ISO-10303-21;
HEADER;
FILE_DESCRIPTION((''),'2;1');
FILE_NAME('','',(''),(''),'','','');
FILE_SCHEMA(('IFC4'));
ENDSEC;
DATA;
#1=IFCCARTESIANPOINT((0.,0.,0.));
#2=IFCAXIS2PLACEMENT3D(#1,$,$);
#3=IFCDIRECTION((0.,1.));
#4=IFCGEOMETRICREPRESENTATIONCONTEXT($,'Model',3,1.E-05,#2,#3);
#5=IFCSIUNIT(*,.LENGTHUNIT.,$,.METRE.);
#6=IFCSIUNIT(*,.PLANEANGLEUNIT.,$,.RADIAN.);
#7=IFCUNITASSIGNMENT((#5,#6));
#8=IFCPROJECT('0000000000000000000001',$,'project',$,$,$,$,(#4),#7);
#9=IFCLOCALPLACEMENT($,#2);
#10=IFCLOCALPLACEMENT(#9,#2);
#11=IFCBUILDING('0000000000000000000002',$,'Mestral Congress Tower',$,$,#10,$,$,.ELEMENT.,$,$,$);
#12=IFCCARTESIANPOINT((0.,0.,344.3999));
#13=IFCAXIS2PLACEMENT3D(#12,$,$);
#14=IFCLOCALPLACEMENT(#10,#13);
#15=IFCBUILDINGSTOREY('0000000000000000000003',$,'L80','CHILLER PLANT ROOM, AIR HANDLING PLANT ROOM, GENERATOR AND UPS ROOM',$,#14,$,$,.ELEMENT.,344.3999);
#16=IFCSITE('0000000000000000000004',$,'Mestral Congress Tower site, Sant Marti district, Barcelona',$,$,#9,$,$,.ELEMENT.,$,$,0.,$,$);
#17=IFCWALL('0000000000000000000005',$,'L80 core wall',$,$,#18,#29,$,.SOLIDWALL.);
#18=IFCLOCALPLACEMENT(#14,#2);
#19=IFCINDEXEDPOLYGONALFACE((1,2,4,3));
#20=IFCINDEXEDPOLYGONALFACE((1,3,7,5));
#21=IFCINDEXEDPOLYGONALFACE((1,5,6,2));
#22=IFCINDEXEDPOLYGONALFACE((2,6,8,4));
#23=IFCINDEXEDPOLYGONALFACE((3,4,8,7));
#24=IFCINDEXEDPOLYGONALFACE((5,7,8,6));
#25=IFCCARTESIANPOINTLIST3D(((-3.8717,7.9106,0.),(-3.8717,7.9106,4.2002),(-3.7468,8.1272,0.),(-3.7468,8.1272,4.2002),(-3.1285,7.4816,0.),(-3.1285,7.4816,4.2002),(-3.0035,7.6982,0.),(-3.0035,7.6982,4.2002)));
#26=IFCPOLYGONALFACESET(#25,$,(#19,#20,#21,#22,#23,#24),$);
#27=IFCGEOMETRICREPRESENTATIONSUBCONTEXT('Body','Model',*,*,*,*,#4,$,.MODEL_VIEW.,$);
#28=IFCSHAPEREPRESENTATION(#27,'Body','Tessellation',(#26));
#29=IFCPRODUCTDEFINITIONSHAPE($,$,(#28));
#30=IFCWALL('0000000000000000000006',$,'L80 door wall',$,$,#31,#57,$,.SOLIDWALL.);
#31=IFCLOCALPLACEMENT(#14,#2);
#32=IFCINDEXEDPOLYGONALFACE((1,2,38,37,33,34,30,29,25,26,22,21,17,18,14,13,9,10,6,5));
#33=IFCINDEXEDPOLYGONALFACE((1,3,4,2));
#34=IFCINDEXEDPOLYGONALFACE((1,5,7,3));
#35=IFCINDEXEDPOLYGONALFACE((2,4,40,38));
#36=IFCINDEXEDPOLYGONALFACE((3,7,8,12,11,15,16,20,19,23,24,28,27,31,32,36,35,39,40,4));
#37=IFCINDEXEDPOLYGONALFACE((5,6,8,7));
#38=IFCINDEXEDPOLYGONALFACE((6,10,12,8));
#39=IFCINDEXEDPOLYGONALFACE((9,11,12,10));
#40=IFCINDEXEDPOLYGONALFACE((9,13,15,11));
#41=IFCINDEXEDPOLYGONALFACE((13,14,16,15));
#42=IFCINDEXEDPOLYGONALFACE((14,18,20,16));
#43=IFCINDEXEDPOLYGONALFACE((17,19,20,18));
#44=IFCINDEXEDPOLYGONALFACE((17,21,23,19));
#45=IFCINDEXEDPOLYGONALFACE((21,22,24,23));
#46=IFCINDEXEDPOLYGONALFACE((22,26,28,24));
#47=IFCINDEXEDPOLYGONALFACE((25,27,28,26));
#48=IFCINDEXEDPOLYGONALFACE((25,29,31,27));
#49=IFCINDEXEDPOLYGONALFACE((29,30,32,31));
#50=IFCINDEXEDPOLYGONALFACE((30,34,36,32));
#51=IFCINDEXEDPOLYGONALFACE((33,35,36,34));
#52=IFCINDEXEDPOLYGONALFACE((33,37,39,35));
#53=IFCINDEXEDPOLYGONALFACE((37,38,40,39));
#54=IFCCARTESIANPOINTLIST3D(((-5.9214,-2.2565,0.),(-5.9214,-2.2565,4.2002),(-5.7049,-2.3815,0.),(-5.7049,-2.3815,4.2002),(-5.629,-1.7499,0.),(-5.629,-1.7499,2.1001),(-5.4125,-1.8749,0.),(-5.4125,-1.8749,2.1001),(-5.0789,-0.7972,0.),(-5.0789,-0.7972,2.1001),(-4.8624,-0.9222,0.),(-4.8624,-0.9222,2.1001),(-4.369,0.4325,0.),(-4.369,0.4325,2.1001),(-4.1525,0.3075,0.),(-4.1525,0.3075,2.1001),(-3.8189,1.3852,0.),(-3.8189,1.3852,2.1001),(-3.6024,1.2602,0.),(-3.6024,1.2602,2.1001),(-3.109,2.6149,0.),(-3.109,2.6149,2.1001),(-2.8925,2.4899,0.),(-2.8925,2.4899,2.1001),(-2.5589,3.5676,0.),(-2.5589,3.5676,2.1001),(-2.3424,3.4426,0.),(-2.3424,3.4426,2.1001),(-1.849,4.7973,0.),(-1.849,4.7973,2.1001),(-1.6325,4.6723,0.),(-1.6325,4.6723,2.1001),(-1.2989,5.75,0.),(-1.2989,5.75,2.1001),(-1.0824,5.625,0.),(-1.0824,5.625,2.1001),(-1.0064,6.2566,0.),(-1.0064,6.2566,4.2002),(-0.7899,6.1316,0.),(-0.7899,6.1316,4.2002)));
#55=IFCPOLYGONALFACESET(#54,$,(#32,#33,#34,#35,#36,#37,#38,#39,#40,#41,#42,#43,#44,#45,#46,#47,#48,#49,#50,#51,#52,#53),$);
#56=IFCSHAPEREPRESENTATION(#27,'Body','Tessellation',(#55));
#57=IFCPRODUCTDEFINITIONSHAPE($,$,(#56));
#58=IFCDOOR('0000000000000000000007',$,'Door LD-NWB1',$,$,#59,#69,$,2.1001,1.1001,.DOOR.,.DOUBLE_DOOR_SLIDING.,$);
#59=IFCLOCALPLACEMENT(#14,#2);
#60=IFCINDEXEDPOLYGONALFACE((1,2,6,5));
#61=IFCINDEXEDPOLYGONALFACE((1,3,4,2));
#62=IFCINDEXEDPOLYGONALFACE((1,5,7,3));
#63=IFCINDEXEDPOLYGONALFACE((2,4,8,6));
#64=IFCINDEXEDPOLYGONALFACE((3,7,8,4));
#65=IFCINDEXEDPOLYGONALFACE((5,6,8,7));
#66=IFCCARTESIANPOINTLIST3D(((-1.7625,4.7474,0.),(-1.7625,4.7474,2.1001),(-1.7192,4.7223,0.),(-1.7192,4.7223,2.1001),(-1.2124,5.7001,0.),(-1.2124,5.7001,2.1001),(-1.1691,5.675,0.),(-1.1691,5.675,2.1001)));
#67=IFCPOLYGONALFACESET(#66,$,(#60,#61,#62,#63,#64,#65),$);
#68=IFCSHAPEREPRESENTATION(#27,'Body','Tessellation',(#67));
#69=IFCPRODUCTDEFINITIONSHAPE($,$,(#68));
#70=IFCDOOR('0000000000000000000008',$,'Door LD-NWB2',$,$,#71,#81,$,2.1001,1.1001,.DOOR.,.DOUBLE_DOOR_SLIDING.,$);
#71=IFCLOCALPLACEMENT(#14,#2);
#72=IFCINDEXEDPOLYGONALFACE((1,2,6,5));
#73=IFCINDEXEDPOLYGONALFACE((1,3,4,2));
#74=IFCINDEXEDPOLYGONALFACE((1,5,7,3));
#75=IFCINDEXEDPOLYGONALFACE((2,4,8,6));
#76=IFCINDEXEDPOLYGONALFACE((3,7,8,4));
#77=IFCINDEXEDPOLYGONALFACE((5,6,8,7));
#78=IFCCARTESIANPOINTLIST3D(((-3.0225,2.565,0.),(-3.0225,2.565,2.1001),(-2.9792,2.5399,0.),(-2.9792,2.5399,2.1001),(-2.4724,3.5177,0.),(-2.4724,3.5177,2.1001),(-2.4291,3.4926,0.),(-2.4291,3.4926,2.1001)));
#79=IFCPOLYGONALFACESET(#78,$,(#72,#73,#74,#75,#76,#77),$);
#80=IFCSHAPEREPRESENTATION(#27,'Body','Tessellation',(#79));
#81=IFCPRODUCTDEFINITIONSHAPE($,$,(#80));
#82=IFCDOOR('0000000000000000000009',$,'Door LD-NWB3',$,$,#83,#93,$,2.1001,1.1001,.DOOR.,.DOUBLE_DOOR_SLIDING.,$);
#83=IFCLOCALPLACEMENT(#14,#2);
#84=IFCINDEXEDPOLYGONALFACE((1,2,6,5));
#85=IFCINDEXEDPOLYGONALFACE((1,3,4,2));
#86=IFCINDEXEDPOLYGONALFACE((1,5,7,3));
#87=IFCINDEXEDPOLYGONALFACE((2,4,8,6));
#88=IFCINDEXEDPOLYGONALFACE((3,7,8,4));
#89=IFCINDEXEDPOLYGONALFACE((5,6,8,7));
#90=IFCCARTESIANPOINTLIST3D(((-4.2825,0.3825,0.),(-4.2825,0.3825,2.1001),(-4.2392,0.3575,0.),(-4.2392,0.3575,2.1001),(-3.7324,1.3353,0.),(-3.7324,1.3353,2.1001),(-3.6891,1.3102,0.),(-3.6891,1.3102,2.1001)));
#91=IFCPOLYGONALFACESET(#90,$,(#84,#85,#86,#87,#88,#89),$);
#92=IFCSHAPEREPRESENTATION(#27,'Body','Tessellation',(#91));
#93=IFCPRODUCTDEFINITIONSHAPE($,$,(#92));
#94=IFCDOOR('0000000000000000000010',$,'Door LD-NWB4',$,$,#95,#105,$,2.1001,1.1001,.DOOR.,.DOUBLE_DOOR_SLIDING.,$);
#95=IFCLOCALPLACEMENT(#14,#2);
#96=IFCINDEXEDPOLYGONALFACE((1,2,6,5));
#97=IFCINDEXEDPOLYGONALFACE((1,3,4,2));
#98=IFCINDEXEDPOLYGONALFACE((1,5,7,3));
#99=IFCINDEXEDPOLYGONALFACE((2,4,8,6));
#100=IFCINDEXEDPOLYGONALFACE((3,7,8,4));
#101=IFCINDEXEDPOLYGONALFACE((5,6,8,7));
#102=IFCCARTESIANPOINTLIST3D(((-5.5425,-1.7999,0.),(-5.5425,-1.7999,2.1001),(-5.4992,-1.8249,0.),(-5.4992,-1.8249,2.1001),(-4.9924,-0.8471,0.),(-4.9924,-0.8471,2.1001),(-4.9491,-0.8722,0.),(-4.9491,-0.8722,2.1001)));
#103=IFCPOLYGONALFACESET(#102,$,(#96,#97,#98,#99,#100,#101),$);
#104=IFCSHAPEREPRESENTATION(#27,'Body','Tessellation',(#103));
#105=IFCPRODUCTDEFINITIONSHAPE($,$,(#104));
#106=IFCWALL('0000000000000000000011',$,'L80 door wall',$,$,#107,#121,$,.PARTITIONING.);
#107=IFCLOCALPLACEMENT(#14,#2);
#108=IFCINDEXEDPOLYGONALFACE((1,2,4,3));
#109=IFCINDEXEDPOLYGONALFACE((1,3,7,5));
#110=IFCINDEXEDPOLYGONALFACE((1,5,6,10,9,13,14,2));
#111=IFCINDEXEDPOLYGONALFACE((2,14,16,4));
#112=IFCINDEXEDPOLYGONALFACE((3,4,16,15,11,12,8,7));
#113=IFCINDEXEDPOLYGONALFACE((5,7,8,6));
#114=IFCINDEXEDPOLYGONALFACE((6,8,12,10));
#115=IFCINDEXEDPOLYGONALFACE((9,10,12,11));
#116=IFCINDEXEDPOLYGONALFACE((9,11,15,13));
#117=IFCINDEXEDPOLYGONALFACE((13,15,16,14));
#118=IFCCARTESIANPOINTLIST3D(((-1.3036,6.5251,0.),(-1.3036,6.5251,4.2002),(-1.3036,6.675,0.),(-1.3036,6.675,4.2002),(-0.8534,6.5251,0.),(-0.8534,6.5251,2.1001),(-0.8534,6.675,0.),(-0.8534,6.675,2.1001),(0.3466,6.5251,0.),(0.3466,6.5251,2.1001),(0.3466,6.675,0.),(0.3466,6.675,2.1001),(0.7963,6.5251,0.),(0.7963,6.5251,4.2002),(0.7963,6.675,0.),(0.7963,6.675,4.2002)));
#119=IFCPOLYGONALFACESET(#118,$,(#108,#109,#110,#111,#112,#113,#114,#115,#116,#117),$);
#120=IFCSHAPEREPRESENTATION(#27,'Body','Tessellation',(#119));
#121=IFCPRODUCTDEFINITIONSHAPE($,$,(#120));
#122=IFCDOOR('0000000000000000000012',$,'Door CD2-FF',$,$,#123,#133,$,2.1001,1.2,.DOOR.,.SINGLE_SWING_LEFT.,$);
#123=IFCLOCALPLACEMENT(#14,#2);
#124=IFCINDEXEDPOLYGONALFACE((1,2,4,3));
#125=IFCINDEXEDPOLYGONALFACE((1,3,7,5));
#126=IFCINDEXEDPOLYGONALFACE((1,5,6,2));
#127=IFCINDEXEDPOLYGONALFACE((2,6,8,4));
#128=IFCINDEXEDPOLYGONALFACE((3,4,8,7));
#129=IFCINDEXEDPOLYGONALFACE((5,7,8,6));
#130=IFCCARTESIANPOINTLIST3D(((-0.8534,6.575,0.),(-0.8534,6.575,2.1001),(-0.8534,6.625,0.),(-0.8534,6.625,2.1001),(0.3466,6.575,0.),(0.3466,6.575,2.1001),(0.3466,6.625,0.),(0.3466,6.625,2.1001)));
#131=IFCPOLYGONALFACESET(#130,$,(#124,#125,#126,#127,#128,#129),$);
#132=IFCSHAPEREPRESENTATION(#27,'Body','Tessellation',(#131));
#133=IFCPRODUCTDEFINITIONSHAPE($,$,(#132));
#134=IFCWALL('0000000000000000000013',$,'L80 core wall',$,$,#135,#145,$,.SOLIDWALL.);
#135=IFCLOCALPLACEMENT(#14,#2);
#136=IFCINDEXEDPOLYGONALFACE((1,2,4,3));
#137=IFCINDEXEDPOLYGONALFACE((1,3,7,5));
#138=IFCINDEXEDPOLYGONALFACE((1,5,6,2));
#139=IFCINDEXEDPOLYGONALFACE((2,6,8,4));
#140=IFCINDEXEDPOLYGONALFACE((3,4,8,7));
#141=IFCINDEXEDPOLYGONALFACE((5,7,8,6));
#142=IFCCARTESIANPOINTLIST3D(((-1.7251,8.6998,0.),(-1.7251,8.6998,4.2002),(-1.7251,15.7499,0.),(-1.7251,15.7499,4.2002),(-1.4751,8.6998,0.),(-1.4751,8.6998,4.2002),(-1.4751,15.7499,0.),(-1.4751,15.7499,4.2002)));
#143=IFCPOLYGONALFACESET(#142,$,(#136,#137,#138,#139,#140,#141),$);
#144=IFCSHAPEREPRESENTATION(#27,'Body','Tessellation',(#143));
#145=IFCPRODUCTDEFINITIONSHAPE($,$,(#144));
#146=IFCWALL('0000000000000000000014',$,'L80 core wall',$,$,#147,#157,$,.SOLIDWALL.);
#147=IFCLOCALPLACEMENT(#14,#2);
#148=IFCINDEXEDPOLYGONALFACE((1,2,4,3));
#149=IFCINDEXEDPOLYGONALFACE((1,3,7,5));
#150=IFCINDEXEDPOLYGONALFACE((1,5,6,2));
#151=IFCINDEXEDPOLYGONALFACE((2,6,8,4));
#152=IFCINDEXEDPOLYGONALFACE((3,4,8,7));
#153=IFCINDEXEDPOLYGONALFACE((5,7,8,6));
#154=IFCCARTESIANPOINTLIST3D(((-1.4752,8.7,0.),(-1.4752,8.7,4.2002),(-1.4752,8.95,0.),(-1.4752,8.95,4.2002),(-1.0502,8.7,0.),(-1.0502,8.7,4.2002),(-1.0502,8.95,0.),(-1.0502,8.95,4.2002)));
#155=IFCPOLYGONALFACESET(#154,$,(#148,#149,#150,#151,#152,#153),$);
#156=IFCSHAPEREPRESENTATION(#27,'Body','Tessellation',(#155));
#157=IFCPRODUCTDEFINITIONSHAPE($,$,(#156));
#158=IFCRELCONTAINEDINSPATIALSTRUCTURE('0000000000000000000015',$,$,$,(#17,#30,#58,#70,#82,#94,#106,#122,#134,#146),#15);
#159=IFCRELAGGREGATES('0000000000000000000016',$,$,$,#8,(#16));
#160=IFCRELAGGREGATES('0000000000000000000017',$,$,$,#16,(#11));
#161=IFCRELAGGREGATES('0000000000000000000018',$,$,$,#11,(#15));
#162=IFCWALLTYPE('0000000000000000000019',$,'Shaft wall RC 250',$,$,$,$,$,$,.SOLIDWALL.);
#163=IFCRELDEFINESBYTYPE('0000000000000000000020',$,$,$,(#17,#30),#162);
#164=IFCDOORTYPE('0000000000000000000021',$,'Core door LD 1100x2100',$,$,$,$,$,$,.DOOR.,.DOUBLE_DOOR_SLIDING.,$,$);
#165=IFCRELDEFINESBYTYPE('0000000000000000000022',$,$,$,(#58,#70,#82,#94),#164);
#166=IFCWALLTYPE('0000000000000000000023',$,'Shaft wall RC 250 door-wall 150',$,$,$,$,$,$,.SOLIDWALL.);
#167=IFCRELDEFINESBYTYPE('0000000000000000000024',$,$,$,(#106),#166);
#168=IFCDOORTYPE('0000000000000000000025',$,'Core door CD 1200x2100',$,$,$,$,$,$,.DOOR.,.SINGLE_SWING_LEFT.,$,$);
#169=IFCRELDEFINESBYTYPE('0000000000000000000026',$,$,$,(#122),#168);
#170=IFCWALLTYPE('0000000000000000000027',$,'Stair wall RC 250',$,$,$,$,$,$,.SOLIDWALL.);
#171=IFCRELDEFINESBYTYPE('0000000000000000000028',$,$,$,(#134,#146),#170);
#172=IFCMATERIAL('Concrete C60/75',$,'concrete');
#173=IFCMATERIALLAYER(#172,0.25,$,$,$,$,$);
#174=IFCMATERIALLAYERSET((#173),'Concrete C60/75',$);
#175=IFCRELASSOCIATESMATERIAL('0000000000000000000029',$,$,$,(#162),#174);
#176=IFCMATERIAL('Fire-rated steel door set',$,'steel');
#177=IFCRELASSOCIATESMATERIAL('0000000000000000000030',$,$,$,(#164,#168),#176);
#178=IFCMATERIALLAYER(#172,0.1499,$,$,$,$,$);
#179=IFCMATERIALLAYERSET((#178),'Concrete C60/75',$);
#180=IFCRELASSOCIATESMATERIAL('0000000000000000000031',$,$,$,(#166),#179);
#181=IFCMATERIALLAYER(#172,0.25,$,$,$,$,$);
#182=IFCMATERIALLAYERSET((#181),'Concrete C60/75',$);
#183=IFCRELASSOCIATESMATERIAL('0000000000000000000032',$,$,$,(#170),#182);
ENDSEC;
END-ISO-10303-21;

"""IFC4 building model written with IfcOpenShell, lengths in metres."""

from ifc_helpers import new_model, si_unit, direction, frame, frame_2d, origin, place, context, subcontext, project, spatial, rectangle, extrude, material, layer, layer_set, type_object, element, fill, save


model = new_model("IFC4")

# Units and contexts
model_context = context("Model", 3, precision=1e-05, world=origin(), true_north=direction((0.0, 1.0)))
body_context = subcontext(model_context, "Body", "Model", "MODEL_VIEW")
ifc_project = project(units=[si_unit("LENGTHUNIT", "METRE"), si_unit("PLANEANGLEUNIT", "RADIAN")], contexts=[model_context])

# Site, building, storey
site_placement = place(None, origin())
site = spatial("IfcSite", under=ifc_project, at=site_placement, Name="Mestral Congress Tower site, Sant Marti district, Barcelona", CompositionType="ELEMENT", RefElevation=0.0)
building_placement = place(site_placement, origin())
building = spatial("IfcBuilding", under=site, at=building_placement, Name="Mestral Congress Tower", CompositionType="ELEMENT")
storey_placement = place(building_placement, frame((0.0, 0.0, 344.3999)))
storey = spatial("IfcBuildingStorey", under=building, at=storey_placement, Name="L80", Description="CHILLER PLANT ROOM, AIR HANDLING PLANT ROOM, GENERATOR AND UPS ROOM", CompositionType="ELEMENT", Elevation=344.3999)

# Shared definitions
ifc_material_1 = material(Name="Concrete C60/75", Category="concrete")

# Shared definitions
ifc_material_2 = material(Name="Fire-rated steel door set", Category="steel")

# Wall
ifc_layer_1 = layer(ifc_material_1, 0.25)
ifc_layer_set_1 = layer_set([ifc_layer_1], Name="Concrete C60/75")
wall_type_1 = type_object("IfcWallType", Name="Shaft wall RC 250", PredefinedType="SOLIDWALL", material=ifc_layer_set_1)
wall_1_placement = place(storey_placement, frame((-3.0659, 7.5898, 0.0), z_axis=(0.0, 0.0, 1.0), x_axis=(-0.866081, 0.499903, 0.0)))
element("IfcWall", 1, at=wall_1_placement, inside=storey, type_object=wall_type_1, Name="L80 core wall", PredefinedType="SOLIDWALL", context=body_context, shape_type="SweptSolid", body=[
    extrude(rectangle(XDim=0.8582, YDim=0.25, at=frame_2d((0.4292, 0.0))), origin(), (0.0, 0.0, 1.0), 4.2002),
])

# Wall, openings, doors
wall_2_placement = place(storey_placement, frame((-0.8982, 6.1941, 0.0), z_axis=(0.0, 0.0, 1.0), x_axis=(-0.499996, -0.866028, 0.0)))
wall_2 = element("IfcWall", 2, at=wall_2_placement, inside=storey, type_object=wall_type_1, Name="L80 door wall", PredefinedType="SOLIDWALL", context=body_context, shape_type="SweptSolid", body=[
    extrude(rectangle(XDim=9.8301, YDim=0.25, at=frame_2d((4.915, 0.0))), origin(), (0.0, 0.0, 1.0), 4.2002),
])
opening_1_placement = place(wall_2_placement, frame((0.585, 0.0, 0.0)))
opening_1 = element("IfcOpeningElement", 3, at=opening_1_placement, cuts=wall_2, PredefinedType="OPENING", context=body_context, shape_type="SweptSolid", body=[
    extrude(rectangle(XDim=1.1001, YDim=2.1001, at=frame_2d((0.55, 1.05))), frame((0.0, 0.135, 0.0), z_axis=(0.0, -1.0, 0.0), x_axis=(1.0, 0.0, 0.0)), (0.0, 0.0, 1.0), 0.27),
])
opening_2_placement = place(wall_2_placement, frame((3.105, 0.0, 0.0)))
opening_2 = element("IfcOpeningElement", 4, at=opening_2_placement, cuts=wall_2, PredefinedType="OPENING", context=body_context, shape_type="SweptSolid", body=[
    extrude(rectangle(XDim=1.1001, YDim=2.1001, at=frame_2d((0.55, 1.05))), frame((0.0, 0.135, 0.0), z_axis=(0.0, -1.0, 0.0), x_axis=(1.0, 0.0, 0.0)), (0.0, 0.0, 1.0), 0.27),
])
opening_3_placement = place(wall_2_placement, frame((5.625, 0.0, 0.0)))
opening_3 = element("IfcOpeningElement", 5, at=opening_3_placement, cuts=wall_2, PredefinedType="OPENING", context=body_context, shape_type="SweptSolid", body=[
    extrude(rectangle(XDim=1.1001, YDim=2.1001, at=frame_2d((0.55, 1.05))), frame((0.0, 0.135, 0.0), z_axis=(0.0, -1.0, 0.0), x_axis=(1.0, 0.0, 0.0)), (0.0, 0.0, 1.0), 0.27),
])
opening_4_placement = place(wall_2_placement, frame((8.145, 0.0, 0.0)))
opening_4 = element("IfcOpeningElement", 6, at=opening_4_placement, cuts=wall_2, PredefinedType="OPENING", context=body_context, shape_type="SweptSolid", body=[
    extrude(rectangle(XDim=1.1001, YDim=2.1001, at=frame_2d((0.55, 1.05))), frame((0.0, 0.135, 0.0), z_axis=(0.0, -1.0, 0.0), x_axis=(1.0, 0.0, 0.0)), (0.0, 0.0, 1.0), 0.27),
])
door_type_1 = type_object("IfcDoorType", Name="Core door LD 1100x2100", OperationType="DOUBLE_DOOR_SLIDING", PredefinedType="DOOR", material=ifc_material_2)
door_1_placement = place(opening_1_placement, origin())
door_1 = element("IfcDoor", 7, at=door_1_placement, inside=storey, type_object=door_type_1, Name="Door LD-NWB1", OperationType="DOUBLE_DOOR_SLIDING", OverallHeight=2.1001, OverallWidth=1.1001, PredefinedType="DOOR", context=body_context, shape_type="SweptSolid", body=[
    extrude(rectangle(XDim=1.1001, YDim=2.1001, at=frame_2d((0.55, 1.05))), frame((0.0, 0.0249, 0.0), z_axis=(0.0, -1.0, 0.0), x_axis=(1.0, 0.0, 0.0)), (0.0, 0.0, 1.0), 0.05),
])
fill(opening_1, door_1)
door_2_placement = place(opening_2_placement, origin())
door_2 = element("IfcDoor", 8, at=door_2_placement, inside=storey, type_object=door_type_1, Name="Door LD-NWB2", OperationType="DOUBLE_DOOR_SLIDING", OverallHeight=2.1001, OverallWidth=1.1001, PredefinedType="DOOR", context=body_context, shape_type="SweptSolid", body=[
    extrude(rectangle(XDim=1.1001, YDim=2.1001, at=frame_2d((0.55, 1.05))), frame((0.0, 0.0249, 0.0), z_axis=(0.0, -1.0, 0.0), x_axis=(1.0, 0.0, 0.0)), (0.0, 0.0, 1.0), 0.05),
])
fill(opening_2, door_2)
door_3_placement = place(opening_3_placement, origin())
door_3 = element("IfcDoor", 9, at=door_3_placement, inside=storey, type_object=door_type_1, Name="Door LD-NWB3", OperationType="DOUBLE_DOOR_SLIDING", OverallHeight=2.1001, OverallWidth=1.1001, PredefinedType="DOOR", context=body_context, shape_type="SweptSolid", body=[
    extrude(rectangle(XDim=1.1001, YDim=2.1001, at=frame_2d((0.55, 1.05))), frame((0.0, 0.0249, 0.0), z_axis=(0.0, -1.0, 0.0), x_axis=(1.0, 0.0, 0.0)), (0.0, 0.0, 1.0), 0.05),
])
fill(opening_3, door_3)
door_4_placement = place(opening_4_placement, origin())
door_4 = element("IfcDoor", 10, at=door_4_placement, inside=storey, type_object=door_type_1, Name="Door LD-NWB4", OperationType="DOUBLE_DOOR_SLIDING", OverallHeight=2.1001, OverallWidth=1.1001, PredefinedType="DOOR", context=body_context, shape_type="SweptSolid", body=[
    extrude(rectangle(XDim=1.1001, YDim=2.1001, at=frame_2d((0.55, 1.05))), frame((0.0, 0.0249, 0.0), z_axis=(0.0, -1.0, 0.0), x_axis=(1.0, 0.0, 0.0)), (0.0, 0.0, 1.0), 0.05),
])
fill(opening_4, door_4)

# Wall, opening, door
ifc_layer_2 = layer(ifc_material_1, 0.1499)
ifc_layer_set_2 = layer_set([ifc_layer_2], Name="Concrete C60/75")
wall_type_2 = type_object("IfcWallType", Name="Shaft wall RC 250 door-wall 150", PredefinedType="SOLIDWALL", material=ifc_layer_set_2)
wall_3_placement = place(storey_placement, frame((-1.3035, 6.6001, 0.0), z_axis=(0.0, 0.0, 1.0), x_axis=(1.0, 0.0, 0.0)))
wall_3 = element("IfcWall", 11, at=wall_3_placement, inside=storey, type_object=wall_type_2, Name="L80 door wall", PredefinedType="PARTITIONING", context=body_context, shape_type="SweptSolid", body=[
    extrude(rectangle(XDim=2.0999, YDim=0.1499, at=frame_2d((1.0498, 0.0))), origin(), (0.0, 0.0, 1.0), 4.2002),
])
opening_5_placement = place(wall_3_placement, frame((0.45, 0.0, 0.0)))
opening_5 = element("IfcOpeningElement", 12, at=opening_5_placement, cuts=wall_3, PredefinedType="OPENING", context=body_context, shape_type="SweptSolid", body=[
    extrude(rectangle(XDim=1.2, YDim=2.1001, at=frame_2d((0.6001, 1.05))), frame((0.0, 0.085, 0.0), z_axis=(0.0, -1.0, 0.0), x_axis=(1.0, 0.0, 0.0)), (0.0, 0.0, 1.0), 0.1699),
])
door_type_2 = type_object("IfcDoorType", Name="Core door CD 1200x2100", OperationType="SINGLE_SWING_LEFT", PredefinedType="DOOR", material=ifc_material_2)
door_5_placement = place(opening_5_placement, origin())
door_5 = element("IfcDoor", 13, at=door_5_placement, inside=storey, type_object=door_type_2, Name="Door CD2-FF", OperationType="SINGLE_SWING_LEFT", OverallHeight=2.1001, OverallWidth=1.2, PredefinedType="DOOR", context=body_context, shape_type="SweptSolid", body=[
    extrude(rectangle(XDim=1.2, YDim=2.1001, at=frame_2d((0.6001, 1.05))), frame((0.0, 0.0249, 0.0), z_axis=(0.0, -1.0, 0.0), x_axis=(1.0, 0.0, 0.0)), (0.0, 0.0, 1.0), 0.05),
])
fill(opening_5, door_5)

# Walls
ifc_layer_3 = layer(ifc_material_1, 0.25)
ifc_layer_set_3 = layer_set([ifc_layer_3], Name="Concrete C60/75")
wall_type_3 = type_object("IfcWallType", Name="Stair wall RC 250", PredefinedType="SOLIDWALL", material=ifc_layer_set_3)
wall_4_placement = place(storey_placement, frame((-1.6001, 8.7, 0.0), z_axis=(0.0, 0.0, 1.0), x_axis=(0.0, 1.0, 0.0)))
element("IfcWall", 14, at=wall_4_placement, inside=storey, type_object=wall_type_3, Name="L80 core wall", PredefinedType="SOLIDWALL", context=body_context, shape_type="SweptSolid", body=[
    extrude(rectangle(XDim=7.05, YDim=0.25, at=frame_2d((3.5249, 0.0))), origin(), (0.0, 0.0, 1.0), 4.2002),
])
wall_5_placement = place(storey_placement, frame((-1.4751, 8.825, 0.0), z_axis=(0.0, 0.0, 1.0), x_axis=(1.0, 0.0, 0.0)))
element("IfcWall", 15, at=wall_5_placement, inside=storey, type_object=wall_type_3, Name="L80 core wall", PredefinedType="SOLIDWALL", context=body_context, shape_type="SweptSolid", body=[
    extrude(rectangle(XDim=0.425, YDim=0.25, at=frame_2d((0.2124, 0.0))), origin(), (0.0, 0.0, 1.0), 4.2002),
])

save(model, "model.ifc")
